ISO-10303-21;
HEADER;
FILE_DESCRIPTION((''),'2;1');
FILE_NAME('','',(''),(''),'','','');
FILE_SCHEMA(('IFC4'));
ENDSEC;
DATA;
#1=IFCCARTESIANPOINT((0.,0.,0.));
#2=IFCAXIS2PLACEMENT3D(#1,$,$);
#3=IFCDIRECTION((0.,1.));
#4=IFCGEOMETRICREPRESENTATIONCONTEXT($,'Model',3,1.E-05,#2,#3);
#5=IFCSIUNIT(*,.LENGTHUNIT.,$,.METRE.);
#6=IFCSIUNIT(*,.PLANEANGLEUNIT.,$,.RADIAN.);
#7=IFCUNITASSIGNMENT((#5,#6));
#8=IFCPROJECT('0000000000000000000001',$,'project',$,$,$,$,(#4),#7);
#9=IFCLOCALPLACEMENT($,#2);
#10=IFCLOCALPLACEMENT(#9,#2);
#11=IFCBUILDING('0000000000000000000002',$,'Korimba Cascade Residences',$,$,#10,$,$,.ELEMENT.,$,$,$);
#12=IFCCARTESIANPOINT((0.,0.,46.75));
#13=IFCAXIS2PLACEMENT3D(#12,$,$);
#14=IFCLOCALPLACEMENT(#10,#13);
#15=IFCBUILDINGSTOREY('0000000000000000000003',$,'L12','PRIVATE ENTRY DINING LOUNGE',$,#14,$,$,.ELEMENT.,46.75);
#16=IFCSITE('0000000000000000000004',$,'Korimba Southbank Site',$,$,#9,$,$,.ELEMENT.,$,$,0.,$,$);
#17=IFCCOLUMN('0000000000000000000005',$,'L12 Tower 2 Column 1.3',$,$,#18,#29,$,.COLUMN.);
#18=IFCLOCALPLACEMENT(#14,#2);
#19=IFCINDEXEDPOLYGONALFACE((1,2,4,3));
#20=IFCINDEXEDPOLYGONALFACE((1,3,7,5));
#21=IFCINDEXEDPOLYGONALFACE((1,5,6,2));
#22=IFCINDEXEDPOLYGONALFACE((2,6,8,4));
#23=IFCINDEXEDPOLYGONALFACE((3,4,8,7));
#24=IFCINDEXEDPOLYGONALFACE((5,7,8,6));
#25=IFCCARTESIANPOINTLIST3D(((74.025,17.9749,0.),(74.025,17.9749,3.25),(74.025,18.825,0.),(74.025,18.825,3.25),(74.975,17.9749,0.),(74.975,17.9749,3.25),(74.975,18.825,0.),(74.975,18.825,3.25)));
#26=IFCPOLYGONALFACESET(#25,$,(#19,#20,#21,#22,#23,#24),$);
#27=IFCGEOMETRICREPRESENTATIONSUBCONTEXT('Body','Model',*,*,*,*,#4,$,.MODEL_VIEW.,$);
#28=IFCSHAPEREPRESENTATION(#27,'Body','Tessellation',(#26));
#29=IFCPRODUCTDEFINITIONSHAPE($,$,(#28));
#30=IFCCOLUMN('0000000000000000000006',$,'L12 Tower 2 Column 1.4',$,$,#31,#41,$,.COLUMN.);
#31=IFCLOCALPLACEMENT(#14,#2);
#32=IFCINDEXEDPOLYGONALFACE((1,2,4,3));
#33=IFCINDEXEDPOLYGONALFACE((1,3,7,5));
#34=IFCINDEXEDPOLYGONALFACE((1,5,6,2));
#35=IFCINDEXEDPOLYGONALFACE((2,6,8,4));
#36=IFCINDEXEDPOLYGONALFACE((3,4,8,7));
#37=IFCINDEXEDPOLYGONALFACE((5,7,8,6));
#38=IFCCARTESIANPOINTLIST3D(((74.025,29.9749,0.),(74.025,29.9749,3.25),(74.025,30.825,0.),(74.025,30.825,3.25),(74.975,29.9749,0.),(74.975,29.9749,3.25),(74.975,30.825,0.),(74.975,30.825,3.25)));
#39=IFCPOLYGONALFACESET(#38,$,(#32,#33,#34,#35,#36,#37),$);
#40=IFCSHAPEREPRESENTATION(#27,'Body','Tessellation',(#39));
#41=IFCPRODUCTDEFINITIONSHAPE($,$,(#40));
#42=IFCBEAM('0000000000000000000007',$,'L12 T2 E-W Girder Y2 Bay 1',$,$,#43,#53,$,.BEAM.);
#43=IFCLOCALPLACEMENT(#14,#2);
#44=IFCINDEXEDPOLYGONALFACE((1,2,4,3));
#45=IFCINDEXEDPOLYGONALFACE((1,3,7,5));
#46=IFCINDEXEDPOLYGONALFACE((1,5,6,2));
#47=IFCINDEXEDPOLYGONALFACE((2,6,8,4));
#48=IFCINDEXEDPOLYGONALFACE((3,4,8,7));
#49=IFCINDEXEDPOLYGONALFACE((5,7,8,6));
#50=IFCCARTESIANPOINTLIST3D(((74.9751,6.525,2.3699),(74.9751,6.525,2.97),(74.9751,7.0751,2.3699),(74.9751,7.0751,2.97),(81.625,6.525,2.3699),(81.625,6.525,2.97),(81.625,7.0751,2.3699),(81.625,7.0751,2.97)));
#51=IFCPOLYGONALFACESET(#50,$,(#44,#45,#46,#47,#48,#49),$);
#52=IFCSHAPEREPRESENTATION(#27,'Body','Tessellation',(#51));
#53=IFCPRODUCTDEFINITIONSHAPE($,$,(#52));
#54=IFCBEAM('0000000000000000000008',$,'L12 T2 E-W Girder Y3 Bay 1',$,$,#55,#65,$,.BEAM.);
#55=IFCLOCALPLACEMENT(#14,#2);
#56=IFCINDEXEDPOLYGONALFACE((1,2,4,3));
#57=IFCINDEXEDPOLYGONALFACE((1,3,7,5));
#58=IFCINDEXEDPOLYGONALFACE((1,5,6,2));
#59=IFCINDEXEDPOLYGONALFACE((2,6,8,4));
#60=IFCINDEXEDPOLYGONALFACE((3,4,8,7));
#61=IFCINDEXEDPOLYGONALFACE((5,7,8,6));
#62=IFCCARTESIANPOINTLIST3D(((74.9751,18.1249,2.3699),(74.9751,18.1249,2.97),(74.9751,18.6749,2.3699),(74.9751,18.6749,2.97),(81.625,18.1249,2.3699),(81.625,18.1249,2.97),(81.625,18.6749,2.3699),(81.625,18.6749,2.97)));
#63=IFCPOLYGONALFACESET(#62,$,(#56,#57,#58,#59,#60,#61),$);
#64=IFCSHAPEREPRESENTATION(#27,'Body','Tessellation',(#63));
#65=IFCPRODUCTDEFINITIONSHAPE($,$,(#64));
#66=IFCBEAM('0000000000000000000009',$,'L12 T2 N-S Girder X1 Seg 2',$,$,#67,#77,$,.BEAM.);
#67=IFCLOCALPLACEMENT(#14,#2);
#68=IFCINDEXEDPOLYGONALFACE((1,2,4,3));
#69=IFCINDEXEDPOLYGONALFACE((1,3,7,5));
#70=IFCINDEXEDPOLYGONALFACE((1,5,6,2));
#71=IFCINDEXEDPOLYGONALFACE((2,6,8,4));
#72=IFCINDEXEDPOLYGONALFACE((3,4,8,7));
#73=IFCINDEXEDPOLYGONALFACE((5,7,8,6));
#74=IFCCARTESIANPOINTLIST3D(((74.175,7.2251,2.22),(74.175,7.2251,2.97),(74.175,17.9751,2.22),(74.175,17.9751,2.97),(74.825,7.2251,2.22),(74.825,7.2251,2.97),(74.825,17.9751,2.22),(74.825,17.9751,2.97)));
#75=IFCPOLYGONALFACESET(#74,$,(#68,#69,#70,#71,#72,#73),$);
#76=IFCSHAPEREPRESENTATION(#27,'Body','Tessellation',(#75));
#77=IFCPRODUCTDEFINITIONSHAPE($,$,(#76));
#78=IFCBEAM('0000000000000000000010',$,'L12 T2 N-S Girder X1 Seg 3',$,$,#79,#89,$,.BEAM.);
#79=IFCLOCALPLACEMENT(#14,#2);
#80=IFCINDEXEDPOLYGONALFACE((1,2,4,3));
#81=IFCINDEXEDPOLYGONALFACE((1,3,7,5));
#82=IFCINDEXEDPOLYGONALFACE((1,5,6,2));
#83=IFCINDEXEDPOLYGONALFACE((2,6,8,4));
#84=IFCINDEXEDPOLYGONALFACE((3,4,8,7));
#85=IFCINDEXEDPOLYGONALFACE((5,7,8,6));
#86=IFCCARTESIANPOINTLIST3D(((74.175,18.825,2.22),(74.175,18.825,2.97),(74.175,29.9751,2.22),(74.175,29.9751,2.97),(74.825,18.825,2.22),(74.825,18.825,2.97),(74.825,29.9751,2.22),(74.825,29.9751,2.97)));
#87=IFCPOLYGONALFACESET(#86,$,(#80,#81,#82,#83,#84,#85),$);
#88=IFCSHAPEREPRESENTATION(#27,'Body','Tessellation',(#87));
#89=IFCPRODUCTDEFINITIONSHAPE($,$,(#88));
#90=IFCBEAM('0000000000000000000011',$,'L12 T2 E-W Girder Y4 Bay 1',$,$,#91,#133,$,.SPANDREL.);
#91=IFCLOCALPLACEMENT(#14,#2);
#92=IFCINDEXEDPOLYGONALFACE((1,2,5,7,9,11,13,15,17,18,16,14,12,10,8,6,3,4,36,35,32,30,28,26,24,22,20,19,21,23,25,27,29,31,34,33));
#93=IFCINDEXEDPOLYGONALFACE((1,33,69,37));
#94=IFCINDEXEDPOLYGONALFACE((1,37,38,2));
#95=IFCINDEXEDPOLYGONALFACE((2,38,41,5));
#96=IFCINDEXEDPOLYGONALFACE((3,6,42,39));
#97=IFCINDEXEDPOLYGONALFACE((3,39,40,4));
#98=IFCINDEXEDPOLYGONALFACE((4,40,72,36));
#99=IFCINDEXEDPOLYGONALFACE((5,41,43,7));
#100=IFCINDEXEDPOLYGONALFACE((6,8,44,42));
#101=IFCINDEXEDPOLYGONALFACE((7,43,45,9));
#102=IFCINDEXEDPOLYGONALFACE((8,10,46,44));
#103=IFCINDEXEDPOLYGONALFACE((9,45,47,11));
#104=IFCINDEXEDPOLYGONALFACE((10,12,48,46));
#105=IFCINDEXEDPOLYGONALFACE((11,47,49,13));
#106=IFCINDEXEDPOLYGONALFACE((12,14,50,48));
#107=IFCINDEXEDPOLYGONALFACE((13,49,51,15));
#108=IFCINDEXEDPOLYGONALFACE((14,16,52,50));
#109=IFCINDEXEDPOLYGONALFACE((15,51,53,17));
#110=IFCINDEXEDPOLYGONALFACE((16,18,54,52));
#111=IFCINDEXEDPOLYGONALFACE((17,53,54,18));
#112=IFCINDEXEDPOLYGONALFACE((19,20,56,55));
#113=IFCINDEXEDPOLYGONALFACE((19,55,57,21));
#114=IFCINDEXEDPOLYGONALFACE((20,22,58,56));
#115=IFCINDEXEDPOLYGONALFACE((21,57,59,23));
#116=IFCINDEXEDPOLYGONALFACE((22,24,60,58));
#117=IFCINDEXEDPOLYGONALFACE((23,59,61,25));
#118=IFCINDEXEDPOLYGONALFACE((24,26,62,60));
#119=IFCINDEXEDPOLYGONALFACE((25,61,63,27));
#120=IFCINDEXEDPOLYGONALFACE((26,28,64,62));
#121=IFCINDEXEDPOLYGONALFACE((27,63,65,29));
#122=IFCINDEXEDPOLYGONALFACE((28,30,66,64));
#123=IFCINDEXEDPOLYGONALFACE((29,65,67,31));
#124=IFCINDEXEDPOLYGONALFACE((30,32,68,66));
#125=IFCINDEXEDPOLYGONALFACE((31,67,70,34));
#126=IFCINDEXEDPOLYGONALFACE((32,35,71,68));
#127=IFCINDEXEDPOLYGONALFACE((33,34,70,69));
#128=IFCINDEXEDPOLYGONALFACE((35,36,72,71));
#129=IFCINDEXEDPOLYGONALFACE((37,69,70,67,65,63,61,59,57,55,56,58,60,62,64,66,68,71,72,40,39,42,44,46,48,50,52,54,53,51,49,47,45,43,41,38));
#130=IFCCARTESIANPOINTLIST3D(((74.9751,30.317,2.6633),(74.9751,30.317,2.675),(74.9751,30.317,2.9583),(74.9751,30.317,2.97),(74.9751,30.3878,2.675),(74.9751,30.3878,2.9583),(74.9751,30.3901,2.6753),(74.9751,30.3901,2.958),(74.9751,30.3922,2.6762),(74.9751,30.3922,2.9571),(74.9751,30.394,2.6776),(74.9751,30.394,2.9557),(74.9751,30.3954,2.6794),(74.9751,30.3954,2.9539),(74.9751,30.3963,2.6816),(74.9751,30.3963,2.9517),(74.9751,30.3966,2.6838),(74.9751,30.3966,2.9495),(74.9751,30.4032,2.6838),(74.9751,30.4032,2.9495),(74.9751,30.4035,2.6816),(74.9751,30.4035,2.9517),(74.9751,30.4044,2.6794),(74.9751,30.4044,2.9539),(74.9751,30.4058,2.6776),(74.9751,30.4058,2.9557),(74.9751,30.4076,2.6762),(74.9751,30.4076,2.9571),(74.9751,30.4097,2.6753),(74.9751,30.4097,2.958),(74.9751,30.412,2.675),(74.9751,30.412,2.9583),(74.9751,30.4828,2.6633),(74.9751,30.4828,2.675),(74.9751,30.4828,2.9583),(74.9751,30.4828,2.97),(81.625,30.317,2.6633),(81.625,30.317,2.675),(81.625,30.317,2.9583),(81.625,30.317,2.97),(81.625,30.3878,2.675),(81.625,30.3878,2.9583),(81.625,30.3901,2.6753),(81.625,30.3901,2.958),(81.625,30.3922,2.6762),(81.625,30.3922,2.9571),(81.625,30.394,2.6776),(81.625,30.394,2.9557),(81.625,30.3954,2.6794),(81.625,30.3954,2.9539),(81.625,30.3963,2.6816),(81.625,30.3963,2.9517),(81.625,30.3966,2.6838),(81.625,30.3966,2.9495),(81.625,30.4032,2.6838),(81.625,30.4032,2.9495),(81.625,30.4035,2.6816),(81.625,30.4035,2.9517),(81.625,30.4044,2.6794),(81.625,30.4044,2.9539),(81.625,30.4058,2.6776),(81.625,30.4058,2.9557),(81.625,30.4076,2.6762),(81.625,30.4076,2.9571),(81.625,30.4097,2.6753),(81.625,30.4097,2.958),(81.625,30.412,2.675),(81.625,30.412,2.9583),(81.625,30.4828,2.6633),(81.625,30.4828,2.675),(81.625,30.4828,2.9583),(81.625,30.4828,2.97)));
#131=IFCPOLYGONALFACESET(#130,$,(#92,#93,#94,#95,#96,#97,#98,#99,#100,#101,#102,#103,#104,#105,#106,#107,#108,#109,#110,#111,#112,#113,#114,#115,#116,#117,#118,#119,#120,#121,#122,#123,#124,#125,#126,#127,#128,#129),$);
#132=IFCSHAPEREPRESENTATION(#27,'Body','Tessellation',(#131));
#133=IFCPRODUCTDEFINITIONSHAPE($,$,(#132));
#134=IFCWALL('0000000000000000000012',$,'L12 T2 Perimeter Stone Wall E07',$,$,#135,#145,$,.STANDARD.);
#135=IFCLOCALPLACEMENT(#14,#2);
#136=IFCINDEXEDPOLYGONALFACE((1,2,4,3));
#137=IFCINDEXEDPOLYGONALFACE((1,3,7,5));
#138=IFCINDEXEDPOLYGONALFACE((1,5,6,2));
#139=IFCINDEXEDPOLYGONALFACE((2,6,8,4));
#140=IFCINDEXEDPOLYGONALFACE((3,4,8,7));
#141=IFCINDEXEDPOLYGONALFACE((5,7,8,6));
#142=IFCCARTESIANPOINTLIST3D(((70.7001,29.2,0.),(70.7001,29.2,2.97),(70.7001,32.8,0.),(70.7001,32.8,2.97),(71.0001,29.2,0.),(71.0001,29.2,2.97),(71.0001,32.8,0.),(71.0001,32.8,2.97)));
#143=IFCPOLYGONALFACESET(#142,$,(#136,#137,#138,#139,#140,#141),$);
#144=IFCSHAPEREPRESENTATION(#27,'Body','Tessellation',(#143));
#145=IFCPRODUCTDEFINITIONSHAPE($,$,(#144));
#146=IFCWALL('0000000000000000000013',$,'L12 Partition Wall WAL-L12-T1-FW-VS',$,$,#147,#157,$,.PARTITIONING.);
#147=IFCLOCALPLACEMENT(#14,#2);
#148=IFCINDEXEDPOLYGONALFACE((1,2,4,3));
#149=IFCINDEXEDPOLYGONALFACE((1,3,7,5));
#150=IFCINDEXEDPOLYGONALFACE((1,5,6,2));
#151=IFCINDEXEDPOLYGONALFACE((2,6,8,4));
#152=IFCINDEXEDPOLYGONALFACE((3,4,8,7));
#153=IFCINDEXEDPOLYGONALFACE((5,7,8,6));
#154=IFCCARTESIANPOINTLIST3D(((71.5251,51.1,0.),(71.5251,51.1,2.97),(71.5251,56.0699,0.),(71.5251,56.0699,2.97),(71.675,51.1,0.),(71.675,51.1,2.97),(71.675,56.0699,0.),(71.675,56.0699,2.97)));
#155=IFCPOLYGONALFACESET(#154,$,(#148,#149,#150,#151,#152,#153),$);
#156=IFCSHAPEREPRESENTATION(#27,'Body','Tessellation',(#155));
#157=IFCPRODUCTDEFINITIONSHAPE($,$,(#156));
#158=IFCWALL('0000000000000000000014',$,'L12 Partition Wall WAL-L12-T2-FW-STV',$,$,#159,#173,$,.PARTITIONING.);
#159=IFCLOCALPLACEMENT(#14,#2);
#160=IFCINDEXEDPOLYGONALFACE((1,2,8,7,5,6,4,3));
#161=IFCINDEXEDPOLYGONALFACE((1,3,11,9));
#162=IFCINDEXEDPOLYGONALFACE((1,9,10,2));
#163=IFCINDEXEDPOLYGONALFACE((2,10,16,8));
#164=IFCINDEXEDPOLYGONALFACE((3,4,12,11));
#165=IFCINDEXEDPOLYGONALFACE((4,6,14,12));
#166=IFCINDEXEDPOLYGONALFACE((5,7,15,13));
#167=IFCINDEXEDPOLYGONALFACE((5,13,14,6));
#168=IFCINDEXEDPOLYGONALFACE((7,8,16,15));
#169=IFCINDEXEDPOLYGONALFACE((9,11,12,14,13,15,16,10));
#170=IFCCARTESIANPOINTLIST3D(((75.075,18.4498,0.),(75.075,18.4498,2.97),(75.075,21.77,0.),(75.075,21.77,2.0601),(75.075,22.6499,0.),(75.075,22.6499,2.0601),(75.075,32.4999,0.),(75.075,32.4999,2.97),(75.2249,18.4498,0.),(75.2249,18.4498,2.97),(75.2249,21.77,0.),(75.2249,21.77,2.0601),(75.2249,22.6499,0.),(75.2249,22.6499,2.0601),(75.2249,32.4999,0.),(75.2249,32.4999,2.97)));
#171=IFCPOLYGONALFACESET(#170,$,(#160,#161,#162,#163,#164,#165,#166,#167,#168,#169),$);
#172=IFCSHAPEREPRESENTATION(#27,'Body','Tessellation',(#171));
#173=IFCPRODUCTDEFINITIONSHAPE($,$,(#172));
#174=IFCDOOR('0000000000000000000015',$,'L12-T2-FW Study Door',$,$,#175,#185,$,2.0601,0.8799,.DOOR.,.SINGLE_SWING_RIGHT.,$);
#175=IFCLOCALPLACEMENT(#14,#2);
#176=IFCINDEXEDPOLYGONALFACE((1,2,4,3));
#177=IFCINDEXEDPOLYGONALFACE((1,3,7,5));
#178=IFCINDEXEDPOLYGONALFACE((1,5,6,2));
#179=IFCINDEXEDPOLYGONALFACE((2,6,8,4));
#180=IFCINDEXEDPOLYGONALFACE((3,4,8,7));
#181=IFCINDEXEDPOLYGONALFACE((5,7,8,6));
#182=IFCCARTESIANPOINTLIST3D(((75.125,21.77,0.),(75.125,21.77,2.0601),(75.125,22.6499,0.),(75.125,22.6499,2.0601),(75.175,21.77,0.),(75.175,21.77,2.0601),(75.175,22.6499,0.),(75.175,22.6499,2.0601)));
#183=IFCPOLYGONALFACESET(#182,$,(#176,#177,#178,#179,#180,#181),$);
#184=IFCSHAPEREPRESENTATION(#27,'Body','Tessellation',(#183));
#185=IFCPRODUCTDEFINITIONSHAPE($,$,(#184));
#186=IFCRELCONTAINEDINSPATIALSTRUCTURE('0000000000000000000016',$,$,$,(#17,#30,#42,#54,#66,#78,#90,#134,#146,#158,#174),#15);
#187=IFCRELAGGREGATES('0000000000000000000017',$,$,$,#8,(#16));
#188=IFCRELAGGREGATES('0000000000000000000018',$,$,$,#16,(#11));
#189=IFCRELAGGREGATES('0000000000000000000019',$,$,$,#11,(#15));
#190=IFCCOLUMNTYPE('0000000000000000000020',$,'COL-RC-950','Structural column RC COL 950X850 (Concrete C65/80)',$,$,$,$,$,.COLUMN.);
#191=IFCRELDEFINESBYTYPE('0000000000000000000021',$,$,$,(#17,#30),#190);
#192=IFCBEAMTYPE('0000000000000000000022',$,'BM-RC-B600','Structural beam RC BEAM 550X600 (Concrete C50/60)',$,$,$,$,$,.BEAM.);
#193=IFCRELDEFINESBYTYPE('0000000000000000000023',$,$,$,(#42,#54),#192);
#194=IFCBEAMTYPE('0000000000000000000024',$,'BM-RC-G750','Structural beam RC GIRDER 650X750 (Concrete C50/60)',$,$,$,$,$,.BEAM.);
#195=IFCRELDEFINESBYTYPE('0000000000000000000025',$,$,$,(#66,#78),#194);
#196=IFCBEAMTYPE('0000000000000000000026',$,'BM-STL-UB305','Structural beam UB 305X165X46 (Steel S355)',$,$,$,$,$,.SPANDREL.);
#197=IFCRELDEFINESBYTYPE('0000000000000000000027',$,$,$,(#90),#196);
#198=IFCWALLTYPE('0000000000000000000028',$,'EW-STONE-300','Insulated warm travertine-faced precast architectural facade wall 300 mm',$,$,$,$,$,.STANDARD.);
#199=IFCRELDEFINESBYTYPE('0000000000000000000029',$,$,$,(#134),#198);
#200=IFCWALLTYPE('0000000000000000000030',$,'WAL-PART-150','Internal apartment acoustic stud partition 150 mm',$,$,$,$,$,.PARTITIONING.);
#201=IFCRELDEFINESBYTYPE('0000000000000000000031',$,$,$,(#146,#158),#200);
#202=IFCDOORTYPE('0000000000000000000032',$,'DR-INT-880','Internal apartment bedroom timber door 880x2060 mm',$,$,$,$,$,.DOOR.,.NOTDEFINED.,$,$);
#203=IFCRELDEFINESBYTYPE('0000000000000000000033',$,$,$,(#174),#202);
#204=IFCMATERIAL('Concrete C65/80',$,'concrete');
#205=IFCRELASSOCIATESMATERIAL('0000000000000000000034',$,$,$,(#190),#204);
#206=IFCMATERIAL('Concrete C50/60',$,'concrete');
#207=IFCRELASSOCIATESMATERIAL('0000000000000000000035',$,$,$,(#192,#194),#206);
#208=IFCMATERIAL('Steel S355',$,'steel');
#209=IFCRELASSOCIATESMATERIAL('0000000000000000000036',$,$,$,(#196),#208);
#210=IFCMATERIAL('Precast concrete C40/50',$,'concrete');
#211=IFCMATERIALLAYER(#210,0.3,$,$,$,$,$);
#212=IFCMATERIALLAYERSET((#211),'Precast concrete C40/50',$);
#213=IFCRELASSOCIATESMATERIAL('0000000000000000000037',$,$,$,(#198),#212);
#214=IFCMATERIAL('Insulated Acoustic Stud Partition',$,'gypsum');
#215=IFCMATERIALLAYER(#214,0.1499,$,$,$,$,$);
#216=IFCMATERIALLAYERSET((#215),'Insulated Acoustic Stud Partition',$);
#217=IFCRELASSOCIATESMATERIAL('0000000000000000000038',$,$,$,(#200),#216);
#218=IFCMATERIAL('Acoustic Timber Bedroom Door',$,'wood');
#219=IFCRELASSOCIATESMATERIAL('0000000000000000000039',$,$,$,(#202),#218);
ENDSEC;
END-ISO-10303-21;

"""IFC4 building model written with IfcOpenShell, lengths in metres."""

from ifc_helpers import new_model, si_unit, direction, frame, frame_2d, origin, origin_2d, place, context, subcontext, project, spatial, rectangle, i_section, extrude, material, layer, layer_set, material_profile, profile_set, type_object, element, fill, save


model = new_model("IFC4")

# Units and contexts
model_context = context("Model", 3, precision=1e-05, world=origin(), true_north=direction((0.0, 1.0)))
body_context = subcontext(model_context, "Body", "Model", "MODEL_VIEW")
ifc_project = project(units=[si_unit("LENGTHUNIT", "METRE"), si_unit("PLANEANGLEUNIT", "RADIAN")], contexts=[model_context])

# Site, building, storey
site_placement = place(None, origin())
site = spatial("IfcSite", under=ifc_project, at=site_placement, Name="Korimba Southbank Site", CompositionType="ELEMENT", RefElevation=0.0)
building_placement = place(site_placement, origin())
building = spatial("IfcBuilding", under=site, at=building_placement, Name="Korimba Cascade Residences", CompositionType="ELEMENT")
storey_placement = place(building_placement, frame((0.0, 0.0, 46.75)))
storey = spatial("IfcBuildingStorey", under=building, at=storey_placement, Name="L12", Description="PRIVATE ENTRY DINING LOUNGE", CompositionType="ELEMENT", Elevation=46.75)

# Columns
ifc_material_1 = material(Name="Concrete C65/80", Category="concrete")
ifc_material_profile_1 = material_profile(ifc_material_1, rectangle(XDim=0.95, YDim=0.8501, at=origin_2d()), Name="Concrete C65/80")
ifc_profile_set_1 = profile_set([ifc_material_profile_1], Name="Concrete C65/80")
column_type = type_object("IfcColumnType", Name="COL-RC-950", Description="Structural column RC COL 950X850 (Concrete C65/80)", PredefinedType="COLUMN", material=ifc_profile_set_1)
for number, where, z_axis, x_axis, name in (
    (1, (74.5, 18.3999, 0.0), (0.0, 0.0, 1.0), (1.0, 0.0, 0.0), "L12 Tower 2 Column 1.3"),
    (2, (74.5, 30.3999, 0.0), (0.0, 0.0, 1.0), (1.0, 0.0, 0.0), "L12 Tower 2 Column 1.4"),
):
    element("IfcColumn", number, at=place(storey_placement, frame(where, z_axis=z_axis, x_axis=x_axis)), inside=storey, type_object=column_type, Name=name, PredefinedType="COLUMN", context=body_context, shape_type="SweptSolid", body=[
        extrude(rectangle(XDim=0.95, YDim=0.8501, at=origin_2d()), origin(), (0.0, 0.0, 1.0), 3.25),
    ])

# Beams
ifc_material_2 = material(Name="Concrete C50/60", Category="concrete")
ifc_material_profile_2 = material_profile(ifc_material_2, rectangle(XDim=0.55, YDim=0.6001, at=origin_2d()), Name="Concrete C50/60")
ifc_profile_set_2 = profile_set([ifc_material_profile_2], Name="Concrete C50/60")
beam_type_1 = type_object("IfcBeamType", Name="BM-RC-B600", Description="Structural beam RC BEAM 550X600 (Concrete C50/60)", PredefinedType="BEAM", material=ifc_profile_set_2)
for number, where, z_axis, x_axis, name in (
    (3, (74.9751, 6.8, 2.6699), (1.0, 0.0, 0.0), (0.0, 1.0, 0.0), "L12 T2 E-W Girder Y2 Bay 1"),
    (4, (74.9751, 18.3999, 2.6699), (1.0, 0.0, 0.0), (0.0, 1.0, 0.0), "L12 T2 E-W Girder Y3 Bay 1"),
):
    element("IfcBeam", number, at=place(storey_placement, frame(where, z_axis=z_axis, x_axis=x_axis)), inside=storey, type_object=beam_type_1, Name=name, PredefinedType="BEAM", context=body_context, shape_type="SweptSolid", body=[
        extrude(rectangle(XDim=0.55, YDim=0.6001, at=origin_2d()), origin(), (0.0, 0.0, 1.0), 6.6499),
    ])
ifc_material_profile_3 = material_profile(ifc_material_2, rectangle(XDim=0.6499, YDim=0.75, at=origin_2d()), Name="Concrete C50/60")
ifc_profile_set_3 = profile_set([ifc_material_profile_3], Name="Concrete C50/60")
beam_type_2 = type_object("IfcBeamType", Name="BM-RC-G750", Description="Structural beam RC GIRDER 650X750 (Concrete C50/60)", PredefinedType="BEAM", material=ifc_profile_set_3)
beam_1_placement = place(storey_placement, frame((74.5, 7.2251, 2.595), z_axis=(0.0, 1.0, 0.0), x_axis=(-1.0, 0.0, 0.0)))
element("IfcBeam", 5, at=beam_1_placement, inside=storey, type_object=beam_type_2, Name="L12 T2 N-S Girder X1 Seg 2", PredefinedType="BEAM", context=body_context, shape_type="SweptSolid", body=[
    extrude(rectangle(XDim=0.6499, YDim=0.75, at=origin_2d()), origin(), (0.0, 0.0, 1.0), 10.75),
])
beam_2_placement = place(storey_placement, frame((74.5, 18.825, 2.595), z_axis=(0.0, 1.0, 0.0), x_axis=(-1.0, 0.0, 0.0)))
element("IfcBeam", 6, at=beam_2_placement, inside=storey, type_object=beam_type_2, Name="L12 T2 N-S Girder X1 Seg 3", PredefinedType="BEAM", context=body_context, shape_type="SweptSolid", body=[
    extrude(rectangle(XDim=0.6499, YDim=0.75, at=origin_2d()), origin(), (0.0, 0.0, 1.0), 11.1501),
])
ifc_material_3 = material(Name="Steel S355", Category="steel")
ifc_material_profile_4 = material_profile(ifc_material_3, i_section(OverallWidth=0.1658, OverallDepth=0.3066, WebThickness=0.0066, FlangeThickness=0.0117, FilletRadius=0.0088, at=origin_2d()), Name="Steel S355")
ifc_profile_set_4 = profile_set([ifc_material_profile_4], Name="Steel S355")
beam_type_3 = type_object("IfcBeamType", Name="BM-STL-UB305", Description="Structural beam UB 305X165X46 (Steel S355)", PredefinedType="SPANDREL", material=ifc_profile_set_4)
beam_3_placement = place(storey_placement, frame((74.9751, 30.3999, 2.8167), z_axis=(1.0, 0.0, 0.0), x_axis=(0.0, 1.0, 0.0)))
element("IfcBeam", 7, at=beam_3_placement, inside=storey, type_object=beam_type_3, Name="L12 T2 E-W Girder Y4 Bay 1", PredefinedType="SPANDREL", context=body_context, shape_type="SweptSolid", body=[
    extrude(i_section(OverallWidth=0.1658, OverallDepth=0.3066, WebThickness=0.0066, FlangeThickness=0.0117, FilletRadius=0.0088, at=origin_2d()), origin(), (0.0, 0.0, 1.0), 6.6499),
])

# Walls
ifc_material_4 = material(Name="Precast concrete C40/50", Category="concrete")
ifc_layer_1 = layer(ifc_material_4, 0.3)
ifc_layer_set_1 = layer_set([ifc_layer_1], Name="Precast concrete C40/50")
wall_type_1 = type_object("IfcWallType", Name="EW-STONE-300", Description="Insulated warm travertine-faced precast architectural facade wall 300 mm", PredefinedType="STANDARD", material=ifc_layer_set_1)
wall_1_placement = place(storey_placement, frame((70.8501, 32.8, 0.0), z_axis=(0.0, 0.0, 1.0), x_axis=(0.0, -1.0, 0.0)))
element("IfcWall", 8, at=wall_1_placement, inside=storey, type_object=wall_type_1, Name="L12 T2 Perimeter Stone Wall E07", PredefinedType="STANDARD", context=body_context, shape_type="SweptSolid", body=[
    extrude(rectangle(XDim=3.6001, YDim=0.3, at=frame_2d((1.8, 0.0))), origin(), (0.0, 0.0, 1.0), 2.97),
])
ifc_material_5 = material(Name="Insulated Acoustic Stud Partition", Category="gypsum")
ifc_layer_2 = layer(ifc_material_5, 0.1499)
ifc_layer_set_2 = layer_set([ifc_layer_2], Name="Insulated Acoustic Stud Partition")
wall_type_2 = type_object("IfcWallType", Name="WAL-PART-150", Description="Internal apartment acoustic stud partition 150 mm", PredefinedType="PARTITIONING", material=ifc_layer_set_2)
wall_2_placement = place(storey_placement, frame((71.6001, 51.1001, 0.0), z_axis=(0.0, 0.0, 1.0), x_axis=(0.0, 1.0, 0.0)))
element("IfcWall", 9, at=wall_2_placement, inside=storey, type_object=wall_type_2, Name="L12 Partition Wall WAL-L12-T1-FW-VS", PredefinedType="PARTITIONING", context=body_context, shape_type="SweptSolid", body=[
    extrude(rectangle(XDim=4.97, YDim=0.1499, at=frame_2d((2.4849, 0.0))), origin(), (0.0, 0.0, 1.0), 2.97),
])

# Wall, opening, door
wall_3_placement = place(storey_placement, frame((75.1499, 18.45, 0.0), z_axis=(0.0, 0.0, 1.0), x_axis=(0.0, 1.0, 0.0)))
wall_3 = element("IfcWall", 10, at=wall_3_placement, inside=storey, type_object=wall_type_2, Name="L12 Partition Wall WAL-L12-T2-FW-STV", PredefinedType="PARTITIONING", context=body_context, shape_type="SweptSolid", body=[
    extrude(rectangle(XDim=14.05, YDim=0.1499, at=frame_2d((7.0249, 0.0))), origin(), (0.0, 0.0, 1.0), 2.97),
])
opening_1_placement = place(wall_3_placement, frame((3.3201, 0.0, 0.0)))
opening_1 = element("IfcOpeningElement", 11, at=opening_1_placement, cuts=wall_3, PredefinedType="OPENING", context=body_context, shape_type="SweptSolid", body=[
    extrude(rectangle(XDim=0.8799, YDim=2.0601, at=frame_2d((0.4399, 1.03))), frame((0.0, 0.085, 0.0), z_axis=(0.0, -1.0, 0.0), x_axis=(1.0, 0.0, 0.0)), (0.0, 0.0, 1.0), 0.1699),
])
ifc_material_6 = material(Name="Acoustic Timber Bedroom Door", Category="wood")
door_type_1 = type_object("IfcDoorType", Name="DR-INT-880", Description="Internal apartment bedroom timber door 880x2060 mm", OperationType="NOTDEFINED", PredefinedType="DOOR", material=ifc_material_6)
door_1_placement = place(opening_1_placement, origin())
door_1 = element("IfcDoor", 12, at=door_1_placement, inside=storey, type_object=door_type_1, Name="L12-T2-FW Study Door", OperationType="SINGLE_SWING_RIGHT", OverallHeight=2.0601, OverallWidth=0.8799, PredefinedType="DOOR", context=body_context, shape_type="SweptSolid", body=[
    extrude(rectangle(XDim=0.8799, YDim=2.0601, at=frame_2d((0.4399, 1.03))), frame((0.0, 0.0249, 0.0), z_axis=(0.0, -1.0, 0.0), x_axis=(1.0, 0.0, 0.0)), (0.0, 0.0, 1.0), 0.05),
])
fill(opening_1, door_1)

save(model, "model.ifc")
